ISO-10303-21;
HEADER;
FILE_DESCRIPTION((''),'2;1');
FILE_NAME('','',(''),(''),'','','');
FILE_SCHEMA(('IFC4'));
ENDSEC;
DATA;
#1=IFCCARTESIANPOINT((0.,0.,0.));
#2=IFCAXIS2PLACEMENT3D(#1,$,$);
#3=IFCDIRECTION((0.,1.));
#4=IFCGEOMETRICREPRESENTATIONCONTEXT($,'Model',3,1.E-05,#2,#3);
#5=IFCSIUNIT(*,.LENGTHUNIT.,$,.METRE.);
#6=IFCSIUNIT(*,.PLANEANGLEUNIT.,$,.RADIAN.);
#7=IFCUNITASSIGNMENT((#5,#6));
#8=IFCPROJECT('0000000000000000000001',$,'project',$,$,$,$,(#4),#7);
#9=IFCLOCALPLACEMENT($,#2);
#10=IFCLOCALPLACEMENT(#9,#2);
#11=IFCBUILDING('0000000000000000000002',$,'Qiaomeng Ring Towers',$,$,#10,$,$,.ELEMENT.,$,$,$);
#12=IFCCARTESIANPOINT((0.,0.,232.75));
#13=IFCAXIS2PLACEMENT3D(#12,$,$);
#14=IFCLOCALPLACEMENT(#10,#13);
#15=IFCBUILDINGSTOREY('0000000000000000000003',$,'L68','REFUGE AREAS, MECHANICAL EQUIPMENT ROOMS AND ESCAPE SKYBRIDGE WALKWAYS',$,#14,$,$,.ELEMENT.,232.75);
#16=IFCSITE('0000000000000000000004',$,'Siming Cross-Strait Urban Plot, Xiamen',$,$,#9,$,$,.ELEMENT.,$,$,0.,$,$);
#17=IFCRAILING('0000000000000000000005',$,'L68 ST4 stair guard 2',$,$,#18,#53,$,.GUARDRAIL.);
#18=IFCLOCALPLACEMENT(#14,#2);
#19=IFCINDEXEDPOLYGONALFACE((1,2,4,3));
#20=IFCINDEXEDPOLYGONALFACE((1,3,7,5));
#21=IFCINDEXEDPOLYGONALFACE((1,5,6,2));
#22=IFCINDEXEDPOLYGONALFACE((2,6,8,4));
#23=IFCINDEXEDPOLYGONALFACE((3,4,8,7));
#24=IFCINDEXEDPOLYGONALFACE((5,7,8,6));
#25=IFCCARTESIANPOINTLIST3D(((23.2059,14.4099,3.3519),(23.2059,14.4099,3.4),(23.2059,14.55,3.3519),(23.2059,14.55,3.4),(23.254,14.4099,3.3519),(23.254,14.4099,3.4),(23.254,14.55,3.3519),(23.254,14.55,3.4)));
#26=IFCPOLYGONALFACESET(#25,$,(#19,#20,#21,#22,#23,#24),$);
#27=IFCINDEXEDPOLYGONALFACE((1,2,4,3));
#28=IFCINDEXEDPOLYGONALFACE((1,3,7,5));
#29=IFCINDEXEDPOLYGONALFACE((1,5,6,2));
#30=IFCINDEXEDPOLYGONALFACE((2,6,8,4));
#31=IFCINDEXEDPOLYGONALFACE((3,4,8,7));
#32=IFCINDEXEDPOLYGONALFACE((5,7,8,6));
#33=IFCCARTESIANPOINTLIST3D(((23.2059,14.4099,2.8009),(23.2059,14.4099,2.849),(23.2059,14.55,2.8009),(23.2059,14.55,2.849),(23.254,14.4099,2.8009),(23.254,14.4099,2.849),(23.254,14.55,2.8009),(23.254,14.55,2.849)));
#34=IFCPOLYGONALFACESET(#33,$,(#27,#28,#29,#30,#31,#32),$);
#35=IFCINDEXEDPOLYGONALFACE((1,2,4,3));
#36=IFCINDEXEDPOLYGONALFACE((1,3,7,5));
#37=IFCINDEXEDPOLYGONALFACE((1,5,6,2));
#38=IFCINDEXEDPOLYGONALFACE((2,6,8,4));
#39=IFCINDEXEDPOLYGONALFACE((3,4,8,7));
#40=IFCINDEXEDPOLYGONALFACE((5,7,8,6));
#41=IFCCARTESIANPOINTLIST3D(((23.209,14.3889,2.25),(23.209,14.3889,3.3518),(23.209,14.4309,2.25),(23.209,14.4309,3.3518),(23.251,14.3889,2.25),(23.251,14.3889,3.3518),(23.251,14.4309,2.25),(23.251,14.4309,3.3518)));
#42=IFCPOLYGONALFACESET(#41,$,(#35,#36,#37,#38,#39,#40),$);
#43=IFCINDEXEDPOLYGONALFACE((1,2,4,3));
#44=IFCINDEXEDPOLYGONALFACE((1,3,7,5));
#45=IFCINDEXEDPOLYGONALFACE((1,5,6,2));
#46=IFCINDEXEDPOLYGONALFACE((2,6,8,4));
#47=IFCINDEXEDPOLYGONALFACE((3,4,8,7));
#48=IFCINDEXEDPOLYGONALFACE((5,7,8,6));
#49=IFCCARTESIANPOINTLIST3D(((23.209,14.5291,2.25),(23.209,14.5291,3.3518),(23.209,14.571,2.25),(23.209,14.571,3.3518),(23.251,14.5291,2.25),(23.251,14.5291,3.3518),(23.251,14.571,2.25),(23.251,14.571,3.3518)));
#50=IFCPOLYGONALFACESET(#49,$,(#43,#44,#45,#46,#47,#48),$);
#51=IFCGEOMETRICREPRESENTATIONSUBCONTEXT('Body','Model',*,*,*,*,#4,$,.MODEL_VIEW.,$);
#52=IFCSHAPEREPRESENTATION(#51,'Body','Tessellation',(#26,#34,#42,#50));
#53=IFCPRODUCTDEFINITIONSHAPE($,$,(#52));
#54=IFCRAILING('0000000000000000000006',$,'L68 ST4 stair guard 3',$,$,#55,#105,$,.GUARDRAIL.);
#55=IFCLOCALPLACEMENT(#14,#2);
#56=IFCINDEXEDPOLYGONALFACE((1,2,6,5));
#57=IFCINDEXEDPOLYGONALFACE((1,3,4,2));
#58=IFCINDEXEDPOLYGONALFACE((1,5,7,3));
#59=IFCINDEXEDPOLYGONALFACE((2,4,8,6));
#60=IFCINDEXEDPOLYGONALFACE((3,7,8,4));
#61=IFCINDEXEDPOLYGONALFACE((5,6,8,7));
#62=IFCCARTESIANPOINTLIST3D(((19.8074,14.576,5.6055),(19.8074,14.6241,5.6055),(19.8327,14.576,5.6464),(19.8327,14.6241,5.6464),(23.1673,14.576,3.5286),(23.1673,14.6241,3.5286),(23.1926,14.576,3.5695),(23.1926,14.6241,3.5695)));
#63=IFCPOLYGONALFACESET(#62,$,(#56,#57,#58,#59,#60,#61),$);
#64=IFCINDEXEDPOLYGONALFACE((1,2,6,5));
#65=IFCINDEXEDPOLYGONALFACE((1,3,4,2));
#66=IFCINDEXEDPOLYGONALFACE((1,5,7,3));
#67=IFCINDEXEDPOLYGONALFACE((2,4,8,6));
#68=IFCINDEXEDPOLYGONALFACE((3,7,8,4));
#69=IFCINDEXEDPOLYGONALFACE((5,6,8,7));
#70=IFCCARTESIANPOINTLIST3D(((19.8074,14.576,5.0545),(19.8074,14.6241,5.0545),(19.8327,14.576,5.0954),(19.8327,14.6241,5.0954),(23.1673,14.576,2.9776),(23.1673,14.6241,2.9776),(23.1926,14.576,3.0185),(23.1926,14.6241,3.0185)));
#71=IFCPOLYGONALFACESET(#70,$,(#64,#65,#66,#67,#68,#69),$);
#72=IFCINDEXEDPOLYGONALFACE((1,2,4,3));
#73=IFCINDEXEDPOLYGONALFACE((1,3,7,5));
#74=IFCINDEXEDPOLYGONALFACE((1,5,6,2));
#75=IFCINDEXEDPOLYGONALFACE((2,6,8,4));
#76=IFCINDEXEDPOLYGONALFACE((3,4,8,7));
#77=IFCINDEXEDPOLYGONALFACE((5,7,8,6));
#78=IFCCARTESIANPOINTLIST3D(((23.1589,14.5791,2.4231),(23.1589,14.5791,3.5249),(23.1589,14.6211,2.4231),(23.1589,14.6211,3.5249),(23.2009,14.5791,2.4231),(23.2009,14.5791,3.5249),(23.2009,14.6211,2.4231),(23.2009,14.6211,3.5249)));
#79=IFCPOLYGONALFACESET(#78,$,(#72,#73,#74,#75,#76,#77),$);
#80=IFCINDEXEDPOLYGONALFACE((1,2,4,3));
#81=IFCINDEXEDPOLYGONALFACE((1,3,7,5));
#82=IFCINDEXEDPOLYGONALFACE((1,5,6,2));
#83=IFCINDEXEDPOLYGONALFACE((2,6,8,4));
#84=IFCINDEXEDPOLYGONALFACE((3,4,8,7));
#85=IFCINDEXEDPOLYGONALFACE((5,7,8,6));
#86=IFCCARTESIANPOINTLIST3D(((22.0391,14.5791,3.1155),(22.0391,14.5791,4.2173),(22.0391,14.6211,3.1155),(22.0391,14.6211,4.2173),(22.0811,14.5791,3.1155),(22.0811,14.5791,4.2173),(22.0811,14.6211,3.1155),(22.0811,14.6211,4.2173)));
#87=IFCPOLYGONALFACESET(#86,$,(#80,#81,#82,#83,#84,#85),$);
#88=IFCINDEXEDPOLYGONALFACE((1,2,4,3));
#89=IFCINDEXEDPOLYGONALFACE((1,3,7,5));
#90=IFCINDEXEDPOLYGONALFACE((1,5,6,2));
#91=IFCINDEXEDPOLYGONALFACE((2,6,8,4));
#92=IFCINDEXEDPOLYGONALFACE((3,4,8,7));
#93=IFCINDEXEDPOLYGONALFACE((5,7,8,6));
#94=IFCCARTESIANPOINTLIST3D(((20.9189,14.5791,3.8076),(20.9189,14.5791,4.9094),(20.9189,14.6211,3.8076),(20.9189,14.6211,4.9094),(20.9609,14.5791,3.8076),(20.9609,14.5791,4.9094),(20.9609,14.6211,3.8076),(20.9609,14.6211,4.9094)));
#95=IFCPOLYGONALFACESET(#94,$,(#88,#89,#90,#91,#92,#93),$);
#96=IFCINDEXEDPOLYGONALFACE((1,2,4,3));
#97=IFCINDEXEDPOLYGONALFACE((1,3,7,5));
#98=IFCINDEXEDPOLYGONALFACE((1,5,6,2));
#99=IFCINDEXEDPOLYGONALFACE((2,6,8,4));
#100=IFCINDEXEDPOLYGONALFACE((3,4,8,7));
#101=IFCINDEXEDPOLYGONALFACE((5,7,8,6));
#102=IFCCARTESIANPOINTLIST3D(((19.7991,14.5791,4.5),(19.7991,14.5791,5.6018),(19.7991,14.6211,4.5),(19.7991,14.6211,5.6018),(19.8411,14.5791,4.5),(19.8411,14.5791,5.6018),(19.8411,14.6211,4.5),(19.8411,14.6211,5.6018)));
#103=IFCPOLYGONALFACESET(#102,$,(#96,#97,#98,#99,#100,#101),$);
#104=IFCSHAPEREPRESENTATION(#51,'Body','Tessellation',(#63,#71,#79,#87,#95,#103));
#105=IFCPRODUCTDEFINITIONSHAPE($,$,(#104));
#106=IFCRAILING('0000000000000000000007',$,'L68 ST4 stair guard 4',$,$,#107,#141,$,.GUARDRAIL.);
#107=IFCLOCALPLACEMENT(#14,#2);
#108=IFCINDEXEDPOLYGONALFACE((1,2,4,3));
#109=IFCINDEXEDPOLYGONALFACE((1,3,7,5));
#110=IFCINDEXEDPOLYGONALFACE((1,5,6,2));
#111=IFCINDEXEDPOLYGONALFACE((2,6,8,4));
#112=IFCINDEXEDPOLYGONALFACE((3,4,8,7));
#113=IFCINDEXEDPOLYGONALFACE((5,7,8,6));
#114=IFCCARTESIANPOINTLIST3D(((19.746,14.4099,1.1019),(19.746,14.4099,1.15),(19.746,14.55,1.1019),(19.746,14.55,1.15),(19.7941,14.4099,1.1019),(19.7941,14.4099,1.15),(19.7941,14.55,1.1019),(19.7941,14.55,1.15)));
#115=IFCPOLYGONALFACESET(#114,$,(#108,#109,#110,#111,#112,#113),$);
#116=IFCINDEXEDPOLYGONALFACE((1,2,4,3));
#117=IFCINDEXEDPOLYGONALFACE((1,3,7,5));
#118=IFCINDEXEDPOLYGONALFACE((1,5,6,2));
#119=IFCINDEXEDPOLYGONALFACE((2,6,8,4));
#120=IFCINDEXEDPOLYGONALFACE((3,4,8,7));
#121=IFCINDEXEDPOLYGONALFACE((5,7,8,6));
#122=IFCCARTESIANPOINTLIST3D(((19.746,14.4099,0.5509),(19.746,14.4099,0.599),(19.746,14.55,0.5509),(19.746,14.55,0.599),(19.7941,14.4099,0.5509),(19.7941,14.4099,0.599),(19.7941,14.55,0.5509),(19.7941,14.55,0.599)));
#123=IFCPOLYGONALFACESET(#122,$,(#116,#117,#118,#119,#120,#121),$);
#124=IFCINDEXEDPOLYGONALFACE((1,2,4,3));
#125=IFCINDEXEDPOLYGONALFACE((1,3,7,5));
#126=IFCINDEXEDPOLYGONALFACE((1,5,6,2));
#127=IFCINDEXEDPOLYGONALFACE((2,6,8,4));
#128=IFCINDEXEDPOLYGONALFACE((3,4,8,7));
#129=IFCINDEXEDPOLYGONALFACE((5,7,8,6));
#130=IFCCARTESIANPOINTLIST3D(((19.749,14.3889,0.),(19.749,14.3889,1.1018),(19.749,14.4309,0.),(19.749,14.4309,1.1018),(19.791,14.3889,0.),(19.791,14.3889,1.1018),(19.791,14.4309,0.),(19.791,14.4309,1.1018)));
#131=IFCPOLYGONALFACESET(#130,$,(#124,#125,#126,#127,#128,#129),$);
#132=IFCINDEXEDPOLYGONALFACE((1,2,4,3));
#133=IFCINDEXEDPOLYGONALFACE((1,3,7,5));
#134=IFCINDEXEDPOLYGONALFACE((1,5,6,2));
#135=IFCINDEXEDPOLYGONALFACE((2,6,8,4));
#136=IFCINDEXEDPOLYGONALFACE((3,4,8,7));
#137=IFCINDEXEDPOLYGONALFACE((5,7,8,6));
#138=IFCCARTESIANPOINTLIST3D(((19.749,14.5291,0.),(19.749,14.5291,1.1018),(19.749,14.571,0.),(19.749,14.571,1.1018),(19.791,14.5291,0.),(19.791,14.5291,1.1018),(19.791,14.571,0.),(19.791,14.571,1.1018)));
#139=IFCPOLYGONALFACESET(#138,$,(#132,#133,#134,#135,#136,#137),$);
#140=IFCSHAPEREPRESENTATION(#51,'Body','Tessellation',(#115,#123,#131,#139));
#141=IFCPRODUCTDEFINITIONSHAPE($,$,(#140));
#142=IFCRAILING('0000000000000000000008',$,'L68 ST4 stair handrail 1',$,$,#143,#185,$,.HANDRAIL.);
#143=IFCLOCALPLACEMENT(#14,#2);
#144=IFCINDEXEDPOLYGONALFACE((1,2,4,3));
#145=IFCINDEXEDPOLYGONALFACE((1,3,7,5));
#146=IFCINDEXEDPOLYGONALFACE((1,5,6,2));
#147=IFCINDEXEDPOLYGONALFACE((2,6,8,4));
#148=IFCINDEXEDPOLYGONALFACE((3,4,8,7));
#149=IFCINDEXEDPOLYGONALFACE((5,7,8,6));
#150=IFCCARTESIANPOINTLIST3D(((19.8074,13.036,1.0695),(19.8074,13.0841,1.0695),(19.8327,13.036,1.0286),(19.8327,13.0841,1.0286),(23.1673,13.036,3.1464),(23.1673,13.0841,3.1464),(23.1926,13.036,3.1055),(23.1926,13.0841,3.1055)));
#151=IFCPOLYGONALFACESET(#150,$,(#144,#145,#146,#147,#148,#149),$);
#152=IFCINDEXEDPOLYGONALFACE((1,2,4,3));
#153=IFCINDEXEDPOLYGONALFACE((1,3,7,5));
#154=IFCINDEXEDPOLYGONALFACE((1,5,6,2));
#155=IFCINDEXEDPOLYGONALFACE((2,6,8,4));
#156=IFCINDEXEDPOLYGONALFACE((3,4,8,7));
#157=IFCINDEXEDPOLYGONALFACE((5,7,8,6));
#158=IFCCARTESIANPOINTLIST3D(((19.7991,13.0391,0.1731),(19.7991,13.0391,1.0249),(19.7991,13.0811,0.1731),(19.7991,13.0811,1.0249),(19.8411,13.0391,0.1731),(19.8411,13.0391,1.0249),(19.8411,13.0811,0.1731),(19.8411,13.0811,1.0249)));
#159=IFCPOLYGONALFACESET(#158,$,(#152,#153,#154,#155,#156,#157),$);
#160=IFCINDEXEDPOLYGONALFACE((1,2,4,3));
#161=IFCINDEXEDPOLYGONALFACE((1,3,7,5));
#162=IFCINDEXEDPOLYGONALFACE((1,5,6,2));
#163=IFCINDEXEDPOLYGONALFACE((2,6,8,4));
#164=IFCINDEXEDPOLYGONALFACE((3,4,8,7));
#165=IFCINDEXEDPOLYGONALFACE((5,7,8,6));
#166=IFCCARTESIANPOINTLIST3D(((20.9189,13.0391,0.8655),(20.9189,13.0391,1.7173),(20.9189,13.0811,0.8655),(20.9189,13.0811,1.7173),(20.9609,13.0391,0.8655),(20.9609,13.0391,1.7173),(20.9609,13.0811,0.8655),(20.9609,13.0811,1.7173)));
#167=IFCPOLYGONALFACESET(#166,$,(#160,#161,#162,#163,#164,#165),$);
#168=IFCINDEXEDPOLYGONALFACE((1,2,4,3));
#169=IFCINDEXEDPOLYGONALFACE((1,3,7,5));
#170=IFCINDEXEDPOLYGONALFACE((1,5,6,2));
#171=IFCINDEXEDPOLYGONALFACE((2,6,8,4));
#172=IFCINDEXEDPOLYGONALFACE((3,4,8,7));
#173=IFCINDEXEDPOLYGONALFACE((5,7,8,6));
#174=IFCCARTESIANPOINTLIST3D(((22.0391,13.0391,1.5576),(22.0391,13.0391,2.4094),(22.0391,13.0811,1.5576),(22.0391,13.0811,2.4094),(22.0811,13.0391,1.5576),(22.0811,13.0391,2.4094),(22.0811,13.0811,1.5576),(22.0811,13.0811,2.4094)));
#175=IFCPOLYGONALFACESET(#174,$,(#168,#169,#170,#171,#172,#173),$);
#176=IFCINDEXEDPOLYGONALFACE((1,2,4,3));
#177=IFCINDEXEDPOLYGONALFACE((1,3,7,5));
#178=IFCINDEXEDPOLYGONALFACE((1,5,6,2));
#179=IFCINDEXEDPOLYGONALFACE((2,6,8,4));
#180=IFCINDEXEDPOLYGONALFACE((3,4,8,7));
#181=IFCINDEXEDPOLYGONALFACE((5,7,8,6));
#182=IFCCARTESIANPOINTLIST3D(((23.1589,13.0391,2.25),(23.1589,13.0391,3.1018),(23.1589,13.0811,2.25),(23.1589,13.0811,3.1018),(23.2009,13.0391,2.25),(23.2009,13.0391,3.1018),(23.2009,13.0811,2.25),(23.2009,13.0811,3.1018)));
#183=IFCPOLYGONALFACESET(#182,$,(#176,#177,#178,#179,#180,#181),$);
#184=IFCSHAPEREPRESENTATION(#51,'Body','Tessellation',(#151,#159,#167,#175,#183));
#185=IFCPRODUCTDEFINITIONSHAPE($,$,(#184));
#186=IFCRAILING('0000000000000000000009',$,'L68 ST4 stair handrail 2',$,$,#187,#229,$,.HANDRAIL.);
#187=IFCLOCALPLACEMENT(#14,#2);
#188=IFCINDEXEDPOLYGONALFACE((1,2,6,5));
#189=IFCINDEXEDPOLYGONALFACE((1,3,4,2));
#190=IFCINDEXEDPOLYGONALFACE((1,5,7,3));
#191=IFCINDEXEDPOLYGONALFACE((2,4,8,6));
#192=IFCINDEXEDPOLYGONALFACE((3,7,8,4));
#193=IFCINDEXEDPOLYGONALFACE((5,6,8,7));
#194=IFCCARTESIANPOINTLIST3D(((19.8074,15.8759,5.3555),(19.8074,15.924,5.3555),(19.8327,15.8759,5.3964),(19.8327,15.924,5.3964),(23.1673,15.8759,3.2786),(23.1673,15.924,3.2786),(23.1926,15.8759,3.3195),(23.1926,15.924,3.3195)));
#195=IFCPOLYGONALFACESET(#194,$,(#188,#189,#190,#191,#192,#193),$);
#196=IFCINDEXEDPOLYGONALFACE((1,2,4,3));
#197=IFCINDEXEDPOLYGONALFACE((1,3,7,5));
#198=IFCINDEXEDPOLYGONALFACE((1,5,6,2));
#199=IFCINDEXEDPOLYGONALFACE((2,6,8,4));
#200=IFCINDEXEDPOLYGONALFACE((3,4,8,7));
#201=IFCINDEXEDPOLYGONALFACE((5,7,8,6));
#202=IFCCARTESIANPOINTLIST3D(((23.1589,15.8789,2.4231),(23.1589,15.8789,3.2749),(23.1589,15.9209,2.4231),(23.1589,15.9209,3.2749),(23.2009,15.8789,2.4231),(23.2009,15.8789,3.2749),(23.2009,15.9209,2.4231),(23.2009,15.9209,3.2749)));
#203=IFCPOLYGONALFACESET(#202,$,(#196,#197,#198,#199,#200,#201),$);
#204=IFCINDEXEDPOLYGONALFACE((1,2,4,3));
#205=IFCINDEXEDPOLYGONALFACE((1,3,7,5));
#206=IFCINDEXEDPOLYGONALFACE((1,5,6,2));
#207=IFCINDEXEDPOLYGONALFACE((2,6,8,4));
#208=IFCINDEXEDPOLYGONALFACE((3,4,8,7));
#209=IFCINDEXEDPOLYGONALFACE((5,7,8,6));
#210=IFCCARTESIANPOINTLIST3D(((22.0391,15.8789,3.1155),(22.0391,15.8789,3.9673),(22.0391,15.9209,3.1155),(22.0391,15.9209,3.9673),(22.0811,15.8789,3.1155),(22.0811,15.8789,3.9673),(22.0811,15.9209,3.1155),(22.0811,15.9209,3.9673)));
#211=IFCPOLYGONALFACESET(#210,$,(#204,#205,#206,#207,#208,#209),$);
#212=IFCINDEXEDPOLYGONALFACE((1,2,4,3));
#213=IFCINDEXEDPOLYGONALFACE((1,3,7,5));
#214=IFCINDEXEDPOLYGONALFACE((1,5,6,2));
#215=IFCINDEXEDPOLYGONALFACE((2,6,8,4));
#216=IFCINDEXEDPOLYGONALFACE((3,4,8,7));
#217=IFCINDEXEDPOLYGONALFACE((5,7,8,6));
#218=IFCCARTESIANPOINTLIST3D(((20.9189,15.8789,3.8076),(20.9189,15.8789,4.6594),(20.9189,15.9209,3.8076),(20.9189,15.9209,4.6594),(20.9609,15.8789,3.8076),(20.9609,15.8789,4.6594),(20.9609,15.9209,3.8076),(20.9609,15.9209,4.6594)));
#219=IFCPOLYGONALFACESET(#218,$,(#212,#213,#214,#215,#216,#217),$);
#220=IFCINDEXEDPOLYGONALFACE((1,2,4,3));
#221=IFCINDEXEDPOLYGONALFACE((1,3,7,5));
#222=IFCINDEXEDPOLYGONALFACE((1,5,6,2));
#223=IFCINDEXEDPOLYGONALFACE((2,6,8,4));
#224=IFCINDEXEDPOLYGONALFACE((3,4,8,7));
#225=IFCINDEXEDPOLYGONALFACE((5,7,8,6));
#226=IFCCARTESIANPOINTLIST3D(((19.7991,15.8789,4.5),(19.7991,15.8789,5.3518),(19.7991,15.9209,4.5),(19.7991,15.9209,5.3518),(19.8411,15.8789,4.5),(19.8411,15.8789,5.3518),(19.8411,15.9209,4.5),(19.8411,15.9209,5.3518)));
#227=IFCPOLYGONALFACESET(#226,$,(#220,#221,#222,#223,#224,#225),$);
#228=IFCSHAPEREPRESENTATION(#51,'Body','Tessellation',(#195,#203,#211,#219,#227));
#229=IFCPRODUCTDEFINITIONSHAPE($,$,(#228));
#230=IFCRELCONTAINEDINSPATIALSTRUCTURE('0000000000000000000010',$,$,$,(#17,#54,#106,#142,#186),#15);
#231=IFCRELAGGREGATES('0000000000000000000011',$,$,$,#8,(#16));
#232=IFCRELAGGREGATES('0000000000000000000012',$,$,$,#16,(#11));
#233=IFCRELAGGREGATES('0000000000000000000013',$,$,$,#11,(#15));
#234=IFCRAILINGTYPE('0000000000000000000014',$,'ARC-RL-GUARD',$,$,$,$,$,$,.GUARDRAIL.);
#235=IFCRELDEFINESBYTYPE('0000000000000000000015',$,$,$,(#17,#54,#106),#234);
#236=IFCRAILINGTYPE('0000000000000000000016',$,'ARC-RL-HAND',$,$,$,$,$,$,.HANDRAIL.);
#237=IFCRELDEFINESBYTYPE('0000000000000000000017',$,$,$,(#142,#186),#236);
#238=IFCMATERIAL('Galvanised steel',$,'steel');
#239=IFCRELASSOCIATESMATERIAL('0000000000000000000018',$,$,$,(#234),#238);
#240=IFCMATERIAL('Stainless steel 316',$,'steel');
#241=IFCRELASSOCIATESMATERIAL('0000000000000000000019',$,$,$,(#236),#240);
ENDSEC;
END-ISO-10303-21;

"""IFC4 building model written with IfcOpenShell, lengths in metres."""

from ifc_helpers import new_model, si_unit, direction, frame, origin, origin_2d, place, context, subcontext, project, spatial, rectangle, extrude, material, type_object, element, save


model = new_model("IFC4")

# Units and contexts
model_context = context("Model", 3, precision=1e-05, world=origin(), true_north=direction((0.0, 1.0)))
body_context = subcontext(model_context, "Body", "Model", "MODEL_VIEW")
ifc_project = project(units=[si_unit("LENGTHUNIT", "METRE"), si_unit("PLANEANGLEUNIT", "RADIAN")], contexts=[model_context])

# Site, building, storey
site_placement = place(None, origin())
site = spatial("IfcSite", under=ifc_project, at=site_placement, Name="Siming Cross-Strait Urban Plot, Xiamen", CompositionType="ELEMENT", RefElevation=0.0)
building_placement = place(site_placement, origin())
building = spatial("IfcBuilding", under=site, at=building_placement, Name="Qiaomeng Ring Towers", CompositionType="ELEMENT")
storey_placement = place(building_placement, frame((0.0, 0.0, 232.75)))
storey = spatial("IfcBuildingStorey", under=building, at=storey_placement, Name="L68", Description="REFUGE AREAS, MECHANICAL EQUIPMENT ROOMS AND ESCAPE SKYBRIDGE WALKWAYS", CompositionType="ELEMENT", Elevation=232.75)

# Shared definitions
ifc_material_1 = material(Name="Stainless steel 316", Category="steel")

# Shared definitions
ifc_material_2 = material(Name="Galvanised steel", Category="steel")

# Railings
railing_type_1 = type_object("IfcRailingType", Name="ARC-RL-GUARD", PredefinedType="GUARDRAIL", material=ifc_material_2)
railing_1_placement = place(storey_placement, frame((23.23, 14.4099, 2.25)))
element("IfcRailing", 1, at=railing_1_placement, inside=storey, type_object=railing_type_1, Name="L68 ST4 stair guard 2", PredefinedType="GUARDRAIL", context=body_context, shape_type="SweptSolid", body=[
    extrude(rectangle(XDim=0.0481, YDim=0.0481, at=origin_2d()), frame((0.0, 0.0, 1.126), z_axis=(0.0, 1.0, 0.0), x_axis=(-1.0, 0.0, 0.0)), (0.0, 0.0, 1.0), 0.1401),
    extrude(rectangle(XDim=0.0481, YDim=0.0481, at=origin_2d()), frame((0.0, 0.0, 0.575), z_axis=(0.0, 1.0, 0.0), x_axis=(-1.0, 0.0, 0.0)), (0.0, 0.0, 1.0), 0.1401),
    extrude(rectangle(XDim=0.042, YDim=0.042, at=origin_2d()), origin(), (0.0, 0.0, 1.0), 1.1018),
    extrude(rectangle(XDim=0.042, YDim=0.042, at=origin_2d()), frame((0.0, 0.1401, 0.0)), (0.0, 0.0, 1.0), 1.1018),
])
railing_2_placement = place(storey_placement, frame((23.1799, 14.6001, 2.4231)))
element("IfcRailing", 2, at=railing_2_placement, inside=storey, type_object=railing_type_1, Name="L68 ST4 stair guard 3", PredefinedType="GUARDRAIL", context=body_context, shape_type="SweptSolid", body=[
    extrude(rectangle(XDim=0.0481, YDim=0.0481, at=origin_2d()), frame((0.0, 0.0, 1.126), z_axis=(-0.850606, 0.0, 0.525803), x_axis=(0.0, -1.0, 0.0)), (0.0, 0.0, 1.0), 3.95),
    extrude(rectangle(XDim=0.0481, YDim=0.0481, at=origin_2d()), frame((0.0, 0.0, 0.575), z_axis=(-0.850606, 0.0, 0.525803), x_axis=(0.0, -1.0, 0.0)), (0.0, 0.0, 1.0), 3.95),
    extrude(rectangle(XDim=0.042, YDim=0.042, at=origin_2d()), origin(), (0.0, 0.0, 1.0), 1.1018),
    extrude(rectangle(XDim=0.042, YDim=0.042, at=origin_2d()), frame((-1.1199, 0.0, 0.6924)), (0.0, 0.0, 1.0), 1.1018),
    extrude(rectangle(XDim=0.042, YDim=0.042, at=origin_2d()), frame((-2.24, 0.0, 1.3845)), (0.0, 0.0, 1.0), 1.1018),
    extrude(rectangle(XDim=0.042, YDim=0.042, at=origin_2d()), frame((-3.3599, 0.0, 2.0769)), (0.0, 0.0, 1.0), 1.1018),
])
railing_3_placement = place(storey_placement, frame((19.77, 14.4099, 0.0)))
element("IfcRailing", 3, at=railing_3_placement, inside=storey, type_object=railing_type_1, Name="L68 ST4 stair guard 4", PredefinedType="GUARDRAIL", context=body_context, shape_type="SweptSolid", body=[
    extrude(rectangle(XDim=0.0481, YDim=0.0481, at=origin_2d()), frame((0.0, 0.0, 1.126), z_axis=(0.0, 1.0, 0.0), x_axis=(-1.0, 0.0, 0.0)), (0.0, 0.0, 1.0), 0.1401),
    extrude(rectangle(XDim=0.0481, YDim=0.0481, at=origin_2d()), frame((0.0, 0.0, 0.575), z_axis=(0.0, 1.0, 0.0), x_axis=(-1.0, 0.0, 0.0)), (0.0, 0.0, 1.0), 0.1401),
    extrude(rectangle(XDim=0.042, YDim=0.042, at=origin_2d()), origin(), (0.0, 0.0, 1.0), 1.1018),
    extrude(rectangle(XDim=0.042, YDim=0.042, at=origin_2d()), frame((0.0, 0.1401, 0.0)), (0.0, 0.0, 1.0), 1.1018),
])
railing_type_2 = type_object("IfcRailingType", Name="ARC-RL-HAND", PredefinedType="HANDRAIL", material=ifc_material_1)
railing_4_placement = place(storey_placement, frame((19.8201, 13.0601, 0.1731)))
element("IfcRailing", 4, at=railing_4_placement, inside=storey, type_object=railing_type_2, Name="L68 ST4 stair handrail 1", PredefinedType="HANDRAIL", context=body_context, shape_type="SweptSolid", body=[
    extrude(rectangle(XDim=0.0481, YDim=0.0481, at=origin_2d()), frame((0.0, 0.0, 0.876), z_axis=(0.850606, 0.0, 0.525803), x_axis=(0.0, 1.0, 0.0)), (0.0, 0.0, 1.0), 3.95),
    extrude(rectangle(XDim=0.042, YDim=0.042, at=origin_2d()), origin(), (0.0, 0.0, 1.0), 0.8518),
    extrude(rectangle(XDim=0.042, YDim=0.042, at=origin_2d()), frame((1.1199, 0.0, 0.6924)), (0.0, 0.0, 1.0), 0.8518),
    extrude(rectangle(XDim=0.042, YDim=0.042, at=origin_2d()), frame((2.24, 0.0, 1.3845)), (0.0, 0.0, 1.0), 0.8518),
    extrude(rectangle(XDim=0.042, YDim=0.042, at=origin_2d()), frame((3.3599, 0.0, 2.0769)), (0.0, 0.0, 1.0), 0.8518),
])
railing_5_placement = place(storey_placement, frame((23.1799, 15.8999, 2.4231)))
element("IfcRailing", 5, at=railing_5_placement, inside=storey, type_object=railing_type_2, Name="L68 ST4 stair handrail 2", PredefinedType="HANDRAIL", context=body_context, shape_type="SweptSolid", body=[
    extrude(rectangle(XDim=0.0481, YDim=0.0481, at=origin_2d()), frame((0.0, 0.0, 0.876), z_axis=(-0.850606, 0.0, 0.525803), x_axis=(0.0, -1.0, 0.0)), (0.0, 0.0, 1.0), 3.95),
    extrude(rectangle(XDim=0.042, YDim=0.042, at=origin_2d()), origin(), (0.0, 0.0, 1.0), 0.8518),
    extrude(rectangle(XDim=0.042, YDim=0.042, at=origin_2d()), frame((-1.1199, 0.0, 0.6924)), (0.0, 0.0, 1.0), 0.8518),
    extrude(rectangle(XDim=0.042, YDim=0.042, at=origin_2d()), frame((-2.24, 0.0, 1.3845)), (0.0, 0.0, 1.0), 0.8518),
    extrude(rectangle(XDim=0.042, YDim=0.042, at=origin_2d()), frame((-3.3599, 0.0, 2.0769)), (0.0, 0.0, 1.0), 0.8518),
])

save(model, "model.ifc")
